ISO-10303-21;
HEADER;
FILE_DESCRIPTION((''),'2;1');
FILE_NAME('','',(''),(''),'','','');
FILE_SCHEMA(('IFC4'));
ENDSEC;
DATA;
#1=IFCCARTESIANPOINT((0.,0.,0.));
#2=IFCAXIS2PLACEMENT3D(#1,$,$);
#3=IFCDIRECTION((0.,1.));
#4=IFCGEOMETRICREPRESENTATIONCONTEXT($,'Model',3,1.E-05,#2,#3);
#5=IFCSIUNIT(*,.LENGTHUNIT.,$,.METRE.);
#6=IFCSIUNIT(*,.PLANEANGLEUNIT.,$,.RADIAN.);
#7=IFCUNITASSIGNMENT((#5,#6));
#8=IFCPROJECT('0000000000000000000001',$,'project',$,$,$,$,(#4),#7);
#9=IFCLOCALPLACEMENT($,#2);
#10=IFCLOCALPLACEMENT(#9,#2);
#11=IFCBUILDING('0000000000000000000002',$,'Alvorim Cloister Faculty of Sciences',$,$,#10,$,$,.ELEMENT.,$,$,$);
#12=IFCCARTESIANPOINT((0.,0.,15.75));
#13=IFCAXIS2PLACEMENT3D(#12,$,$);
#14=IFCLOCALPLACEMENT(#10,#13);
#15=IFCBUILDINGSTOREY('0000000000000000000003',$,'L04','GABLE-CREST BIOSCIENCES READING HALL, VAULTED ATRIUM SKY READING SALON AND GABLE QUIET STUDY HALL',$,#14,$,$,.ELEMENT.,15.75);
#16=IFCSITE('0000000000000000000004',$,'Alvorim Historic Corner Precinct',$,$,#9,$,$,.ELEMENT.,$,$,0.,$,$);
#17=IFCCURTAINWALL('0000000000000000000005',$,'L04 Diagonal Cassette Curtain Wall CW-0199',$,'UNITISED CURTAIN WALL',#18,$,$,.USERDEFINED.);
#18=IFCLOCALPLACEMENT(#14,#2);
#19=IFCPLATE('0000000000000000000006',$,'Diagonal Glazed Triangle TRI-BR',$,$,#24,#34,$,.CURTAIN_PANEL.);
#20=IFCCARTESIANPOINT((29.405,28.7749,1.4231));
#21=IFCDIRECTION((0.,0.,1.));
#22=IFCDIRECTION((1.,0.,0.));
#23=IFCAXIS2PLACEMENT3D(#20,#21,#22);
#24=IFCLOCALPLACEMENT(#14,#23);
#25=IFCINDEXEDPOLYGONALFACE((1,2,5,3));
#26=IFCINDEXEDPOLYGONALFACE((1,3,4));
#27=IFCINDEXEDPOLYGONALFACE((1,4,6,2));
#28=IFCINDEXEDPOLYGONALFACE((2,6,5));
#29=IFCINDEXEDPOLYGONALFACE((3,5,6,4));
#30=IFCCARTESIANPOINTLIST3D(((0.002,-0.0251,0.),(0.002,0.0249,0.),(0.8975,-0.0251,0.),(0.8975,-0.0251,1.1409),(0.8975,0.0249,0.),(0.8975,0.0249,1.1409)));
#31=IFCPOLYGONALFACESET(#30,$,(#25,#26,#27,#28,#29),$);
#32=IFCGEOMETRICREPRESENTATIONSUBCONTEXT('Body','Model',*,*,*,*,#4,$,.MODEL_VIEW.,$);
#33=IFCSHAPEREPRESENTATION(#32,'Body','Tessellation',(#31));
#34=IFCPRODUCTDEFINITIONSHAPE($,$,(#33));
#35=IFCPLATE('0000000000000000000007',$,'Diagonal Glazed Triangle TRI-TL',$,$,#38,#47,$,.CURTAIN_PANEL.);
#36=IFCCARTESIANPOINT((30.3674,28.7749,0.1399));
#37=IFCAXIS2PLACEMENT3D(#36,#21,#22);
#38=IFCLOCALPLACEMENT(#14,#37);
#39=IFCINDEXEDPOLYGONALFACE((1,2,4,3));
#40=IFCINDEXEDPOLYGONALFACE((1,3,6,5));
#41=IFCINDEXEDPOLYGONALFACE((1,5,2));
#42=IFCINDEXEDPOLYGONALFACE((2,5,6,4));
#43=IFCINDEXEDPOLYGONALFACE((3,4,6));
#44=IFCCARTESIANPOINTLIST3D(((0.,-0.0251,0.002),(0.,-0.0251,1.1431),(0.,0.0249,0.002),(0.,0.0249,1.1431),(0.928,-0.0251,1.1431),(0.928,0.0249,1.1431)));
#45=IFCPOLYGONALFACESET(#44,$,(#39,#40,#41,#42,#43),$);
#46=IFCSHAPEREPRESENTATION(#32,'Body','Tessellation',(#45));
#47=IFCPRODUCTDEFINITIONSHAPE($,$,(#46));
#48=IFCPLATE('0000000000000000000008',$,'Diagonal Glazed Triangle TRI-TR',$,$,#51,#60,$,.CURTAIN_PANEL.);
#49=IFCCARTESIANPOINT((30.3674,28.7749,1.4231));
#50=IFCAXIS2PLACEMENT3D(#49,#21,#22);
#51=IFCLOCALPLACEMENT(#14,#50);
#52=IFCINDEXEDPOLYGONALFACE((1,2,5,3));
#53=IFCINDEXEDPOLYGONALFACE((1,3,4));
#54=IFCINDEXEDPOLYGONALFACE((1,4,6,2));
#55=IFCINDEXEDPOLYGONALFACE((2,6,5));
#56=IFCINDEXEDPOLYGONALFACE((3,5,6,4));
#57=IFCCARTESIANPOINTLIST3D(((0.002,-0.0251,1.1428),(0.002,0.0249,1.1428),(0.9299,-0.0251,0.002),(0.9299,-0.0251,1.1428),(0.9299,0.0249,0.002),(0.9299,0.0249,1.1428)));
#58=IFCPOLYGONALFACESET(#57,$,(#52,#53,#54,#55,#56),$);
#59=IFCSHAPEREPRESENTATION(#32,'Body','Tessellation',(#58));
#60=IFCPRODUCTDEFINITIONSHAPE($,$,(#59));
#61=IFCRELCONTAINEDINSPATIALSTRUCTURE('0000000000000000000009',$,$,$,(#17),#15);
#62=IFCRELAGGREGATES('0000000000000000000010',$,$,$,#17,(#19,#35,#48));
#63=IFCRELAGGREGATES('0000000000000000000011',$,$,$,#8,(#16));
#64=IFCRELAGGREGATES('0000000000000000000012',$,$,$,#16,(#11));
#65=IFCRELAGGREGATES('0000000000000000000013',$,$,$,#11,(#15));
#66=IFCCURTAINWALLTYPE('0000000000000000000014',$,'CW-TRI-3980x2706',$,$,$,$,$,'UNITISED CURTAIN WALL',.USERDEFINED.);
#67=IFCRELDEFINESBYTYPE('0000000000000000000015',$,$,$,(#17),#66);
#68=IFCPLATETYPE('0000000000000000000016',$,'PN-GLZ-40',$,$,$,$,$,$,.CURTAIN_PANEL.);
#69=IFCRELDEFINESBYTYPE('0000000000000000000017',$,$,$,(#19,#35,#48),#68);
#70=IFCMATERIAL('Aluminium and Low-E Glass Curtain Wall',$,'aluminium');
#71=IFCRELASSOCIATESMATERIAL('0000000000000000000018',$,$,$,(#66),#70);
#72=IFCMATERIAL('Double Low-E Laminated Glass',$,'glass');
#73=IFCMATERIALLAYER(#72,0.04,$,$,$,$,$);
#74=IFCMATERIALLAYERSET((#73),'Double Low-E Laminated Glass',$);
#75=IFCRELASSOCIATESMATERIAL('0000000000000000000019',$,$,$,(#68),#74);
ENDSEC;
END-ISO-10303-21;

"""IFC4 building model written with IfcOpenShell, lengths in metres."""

from ifc_helpers import new_model, si_unit, direction, frame, origin, place, context, subcontext, project, spatial, polyline, outline, extrude, material, layer, layer_set, type_object, element, aggregate, save


model = new_model("IFC4")

# Units and contexts
model_context = context("Model", 3, precision=1e-05, world=origin(), true_north=direction((0.0, 1.0)))
body_context = subcontext(model_context, "Body", "Model", "MODEL_VIEW")
ifc_project = project(units=[si_unit("LENGTHUNIT", "METRE"), si_unit("PLANEANGLEUNIT", "RADIAN")], contexts=[model_context])

# Site, building, storey
site_placement = place(None, origin())
site = spatial("IfcSite", under=ifc_project, at=site_placement, Name="Alvorim Historic Corner Precinct", CompositionType="ELEMENT", RefElevation=0.0)
building_placement = place(site_placement, origin())
building = spatial("IfcBuilding", under=site, at=building_placement, Name="Alvorim Cloister Faculty of Sciences", CompositionType="ELEMENT")
storey_placement = place(building_placement, frame((0.0, 0.0, 15.75)))
storey = spatial("IfcBuildingStorey", under=building, at=storey_placement, Name="L04", Description="GABLE-CREST BIOSCIENCES READING HALL, VAULTED ATRIUM SKY READING SALON AND GABLE QUIET STUDY HALL", CompositionType="ELEMENT", Elevation=15.75)

# Curtain wall, plates
ifc_material_1 = material(Name="Aluminium and Low-E Glass Curtain Wall", Category="aluminium")
curtain_wall_type = type_object("IfcCurtainWallType", Name="CW-TRI-3980x2706", ElementType="UNITISED CURTAIN WALL", PredefinedType="USERDEFINED", material=ifc_material_1)
curtain_wall_placement = place(storey_placement, origin())
curtain_wall = element("IfcCurtainWall", 1, at=curtain_wall_placement, inside=storey, type_object=curtain_wall_type, Name="L04 Diagonal Cassette Curtain Wall CW-0199", ObjectType="UNITISED CURTAIN WALL", PredefinedType="USERDEFINED")
ifc_material_2 = material(Name="Double Low-E Laminated Glass", Category="glass")
ifc_layer_1 = layer(ifc_material_2, 0.04)
ifc_layer_set_1 = layer_set([ifc_layer_1], Name="Double Low-E Laminated Glass")
plate_type = type_object("IfcPlateType", Name="PN-GLZ-40", PredefinedType="CURTAIN_PANEL", material=ifc_layer_set_1)
plate_1_placement = place(storey_placement, frame((29.405, 28.7749, 1.4231), z_axis=(0.0, 0.0, 1.0), x_axis=(1.0, 0.0, 0.0)))
plate_1 = element("IfcPlate", 2, at=plate_1_placement, type_object=plate_type, Name="Diagonal Glazed Triangle TRI-BR", PredefinedType="CURTAIN_PANEL", context=body_context, shape_type="SweptSolid", body=[
    extrude(outline(polyline([(0.002, 0.0), (0.8975, 0.0), (0.8975, 1.1409), (0.002, 0.0)])), frame((0.0, 0.0249, 0.0), z_axis=(0.0, -1.0, 0.0), x_axis=(1.0, 0.0, 0.0)), (0.0, 0.0, 1.0), 0.05),
])
plate_2_placement = place(storey_placement, frame((30.3674, 28.7749, 0.1399), z_axis=(0.0, 0.0, 1.0), x_axis=(1.0, 0.0, 0.0)))
plate_2 = element("IfcPlate", 3, at=plate_2_placement, type_object=plate_type, Name="Diagonal Glazed Triangle TRI-TL", PredefinedType="CURTAIN_PANEL", context=body_context, shape_type="SweptSolid", body=[
    extrude(outline(polyline([(0.928, 1.1431), (0.0, 1.1431), (0.0, 0.002), (0.928, 1.1431)])), frame((0.0, 0.0249, 0.0), z_axis=(0.0, -1.0, 0.0), x_axis=(1.0, 0.0, 0.0)), (0.0, 0.0, 1.0), 0.05),
])
plate_3_placement = place(storey_placement, frame((30.3674, 28.7749, 1.4231), z_axis=(0.0, 0.0, 1.0), x_axis=(1.0, 0.0, 0.0)))
plate_3 = element("IfcPlate", 4, at=plate_3_placement, type_object=plate_type, Name="Diagonal Glazed Triangle TRI-TR", PredefinedType="CURTAIN_PANEL", context=body_context, shape_type="SweptSolid", body=[
    extrude(outline(polyline([(0.9299, 0.002), (0.9299, 1.1428), (0.002, 1.1428), (0.9299, 0.002)])), frame((0.0, 0.0249, 0.0), z_axis=(0.0, -1.0, 0.0), x_axis=(1.0, 0.0, 0.0)), (0.0, 0.0, 1.0), 0.05),
])
aggregate(curtain_wall, [plate_1, plate_2, plate_3])

save(model, "model.ifc")
